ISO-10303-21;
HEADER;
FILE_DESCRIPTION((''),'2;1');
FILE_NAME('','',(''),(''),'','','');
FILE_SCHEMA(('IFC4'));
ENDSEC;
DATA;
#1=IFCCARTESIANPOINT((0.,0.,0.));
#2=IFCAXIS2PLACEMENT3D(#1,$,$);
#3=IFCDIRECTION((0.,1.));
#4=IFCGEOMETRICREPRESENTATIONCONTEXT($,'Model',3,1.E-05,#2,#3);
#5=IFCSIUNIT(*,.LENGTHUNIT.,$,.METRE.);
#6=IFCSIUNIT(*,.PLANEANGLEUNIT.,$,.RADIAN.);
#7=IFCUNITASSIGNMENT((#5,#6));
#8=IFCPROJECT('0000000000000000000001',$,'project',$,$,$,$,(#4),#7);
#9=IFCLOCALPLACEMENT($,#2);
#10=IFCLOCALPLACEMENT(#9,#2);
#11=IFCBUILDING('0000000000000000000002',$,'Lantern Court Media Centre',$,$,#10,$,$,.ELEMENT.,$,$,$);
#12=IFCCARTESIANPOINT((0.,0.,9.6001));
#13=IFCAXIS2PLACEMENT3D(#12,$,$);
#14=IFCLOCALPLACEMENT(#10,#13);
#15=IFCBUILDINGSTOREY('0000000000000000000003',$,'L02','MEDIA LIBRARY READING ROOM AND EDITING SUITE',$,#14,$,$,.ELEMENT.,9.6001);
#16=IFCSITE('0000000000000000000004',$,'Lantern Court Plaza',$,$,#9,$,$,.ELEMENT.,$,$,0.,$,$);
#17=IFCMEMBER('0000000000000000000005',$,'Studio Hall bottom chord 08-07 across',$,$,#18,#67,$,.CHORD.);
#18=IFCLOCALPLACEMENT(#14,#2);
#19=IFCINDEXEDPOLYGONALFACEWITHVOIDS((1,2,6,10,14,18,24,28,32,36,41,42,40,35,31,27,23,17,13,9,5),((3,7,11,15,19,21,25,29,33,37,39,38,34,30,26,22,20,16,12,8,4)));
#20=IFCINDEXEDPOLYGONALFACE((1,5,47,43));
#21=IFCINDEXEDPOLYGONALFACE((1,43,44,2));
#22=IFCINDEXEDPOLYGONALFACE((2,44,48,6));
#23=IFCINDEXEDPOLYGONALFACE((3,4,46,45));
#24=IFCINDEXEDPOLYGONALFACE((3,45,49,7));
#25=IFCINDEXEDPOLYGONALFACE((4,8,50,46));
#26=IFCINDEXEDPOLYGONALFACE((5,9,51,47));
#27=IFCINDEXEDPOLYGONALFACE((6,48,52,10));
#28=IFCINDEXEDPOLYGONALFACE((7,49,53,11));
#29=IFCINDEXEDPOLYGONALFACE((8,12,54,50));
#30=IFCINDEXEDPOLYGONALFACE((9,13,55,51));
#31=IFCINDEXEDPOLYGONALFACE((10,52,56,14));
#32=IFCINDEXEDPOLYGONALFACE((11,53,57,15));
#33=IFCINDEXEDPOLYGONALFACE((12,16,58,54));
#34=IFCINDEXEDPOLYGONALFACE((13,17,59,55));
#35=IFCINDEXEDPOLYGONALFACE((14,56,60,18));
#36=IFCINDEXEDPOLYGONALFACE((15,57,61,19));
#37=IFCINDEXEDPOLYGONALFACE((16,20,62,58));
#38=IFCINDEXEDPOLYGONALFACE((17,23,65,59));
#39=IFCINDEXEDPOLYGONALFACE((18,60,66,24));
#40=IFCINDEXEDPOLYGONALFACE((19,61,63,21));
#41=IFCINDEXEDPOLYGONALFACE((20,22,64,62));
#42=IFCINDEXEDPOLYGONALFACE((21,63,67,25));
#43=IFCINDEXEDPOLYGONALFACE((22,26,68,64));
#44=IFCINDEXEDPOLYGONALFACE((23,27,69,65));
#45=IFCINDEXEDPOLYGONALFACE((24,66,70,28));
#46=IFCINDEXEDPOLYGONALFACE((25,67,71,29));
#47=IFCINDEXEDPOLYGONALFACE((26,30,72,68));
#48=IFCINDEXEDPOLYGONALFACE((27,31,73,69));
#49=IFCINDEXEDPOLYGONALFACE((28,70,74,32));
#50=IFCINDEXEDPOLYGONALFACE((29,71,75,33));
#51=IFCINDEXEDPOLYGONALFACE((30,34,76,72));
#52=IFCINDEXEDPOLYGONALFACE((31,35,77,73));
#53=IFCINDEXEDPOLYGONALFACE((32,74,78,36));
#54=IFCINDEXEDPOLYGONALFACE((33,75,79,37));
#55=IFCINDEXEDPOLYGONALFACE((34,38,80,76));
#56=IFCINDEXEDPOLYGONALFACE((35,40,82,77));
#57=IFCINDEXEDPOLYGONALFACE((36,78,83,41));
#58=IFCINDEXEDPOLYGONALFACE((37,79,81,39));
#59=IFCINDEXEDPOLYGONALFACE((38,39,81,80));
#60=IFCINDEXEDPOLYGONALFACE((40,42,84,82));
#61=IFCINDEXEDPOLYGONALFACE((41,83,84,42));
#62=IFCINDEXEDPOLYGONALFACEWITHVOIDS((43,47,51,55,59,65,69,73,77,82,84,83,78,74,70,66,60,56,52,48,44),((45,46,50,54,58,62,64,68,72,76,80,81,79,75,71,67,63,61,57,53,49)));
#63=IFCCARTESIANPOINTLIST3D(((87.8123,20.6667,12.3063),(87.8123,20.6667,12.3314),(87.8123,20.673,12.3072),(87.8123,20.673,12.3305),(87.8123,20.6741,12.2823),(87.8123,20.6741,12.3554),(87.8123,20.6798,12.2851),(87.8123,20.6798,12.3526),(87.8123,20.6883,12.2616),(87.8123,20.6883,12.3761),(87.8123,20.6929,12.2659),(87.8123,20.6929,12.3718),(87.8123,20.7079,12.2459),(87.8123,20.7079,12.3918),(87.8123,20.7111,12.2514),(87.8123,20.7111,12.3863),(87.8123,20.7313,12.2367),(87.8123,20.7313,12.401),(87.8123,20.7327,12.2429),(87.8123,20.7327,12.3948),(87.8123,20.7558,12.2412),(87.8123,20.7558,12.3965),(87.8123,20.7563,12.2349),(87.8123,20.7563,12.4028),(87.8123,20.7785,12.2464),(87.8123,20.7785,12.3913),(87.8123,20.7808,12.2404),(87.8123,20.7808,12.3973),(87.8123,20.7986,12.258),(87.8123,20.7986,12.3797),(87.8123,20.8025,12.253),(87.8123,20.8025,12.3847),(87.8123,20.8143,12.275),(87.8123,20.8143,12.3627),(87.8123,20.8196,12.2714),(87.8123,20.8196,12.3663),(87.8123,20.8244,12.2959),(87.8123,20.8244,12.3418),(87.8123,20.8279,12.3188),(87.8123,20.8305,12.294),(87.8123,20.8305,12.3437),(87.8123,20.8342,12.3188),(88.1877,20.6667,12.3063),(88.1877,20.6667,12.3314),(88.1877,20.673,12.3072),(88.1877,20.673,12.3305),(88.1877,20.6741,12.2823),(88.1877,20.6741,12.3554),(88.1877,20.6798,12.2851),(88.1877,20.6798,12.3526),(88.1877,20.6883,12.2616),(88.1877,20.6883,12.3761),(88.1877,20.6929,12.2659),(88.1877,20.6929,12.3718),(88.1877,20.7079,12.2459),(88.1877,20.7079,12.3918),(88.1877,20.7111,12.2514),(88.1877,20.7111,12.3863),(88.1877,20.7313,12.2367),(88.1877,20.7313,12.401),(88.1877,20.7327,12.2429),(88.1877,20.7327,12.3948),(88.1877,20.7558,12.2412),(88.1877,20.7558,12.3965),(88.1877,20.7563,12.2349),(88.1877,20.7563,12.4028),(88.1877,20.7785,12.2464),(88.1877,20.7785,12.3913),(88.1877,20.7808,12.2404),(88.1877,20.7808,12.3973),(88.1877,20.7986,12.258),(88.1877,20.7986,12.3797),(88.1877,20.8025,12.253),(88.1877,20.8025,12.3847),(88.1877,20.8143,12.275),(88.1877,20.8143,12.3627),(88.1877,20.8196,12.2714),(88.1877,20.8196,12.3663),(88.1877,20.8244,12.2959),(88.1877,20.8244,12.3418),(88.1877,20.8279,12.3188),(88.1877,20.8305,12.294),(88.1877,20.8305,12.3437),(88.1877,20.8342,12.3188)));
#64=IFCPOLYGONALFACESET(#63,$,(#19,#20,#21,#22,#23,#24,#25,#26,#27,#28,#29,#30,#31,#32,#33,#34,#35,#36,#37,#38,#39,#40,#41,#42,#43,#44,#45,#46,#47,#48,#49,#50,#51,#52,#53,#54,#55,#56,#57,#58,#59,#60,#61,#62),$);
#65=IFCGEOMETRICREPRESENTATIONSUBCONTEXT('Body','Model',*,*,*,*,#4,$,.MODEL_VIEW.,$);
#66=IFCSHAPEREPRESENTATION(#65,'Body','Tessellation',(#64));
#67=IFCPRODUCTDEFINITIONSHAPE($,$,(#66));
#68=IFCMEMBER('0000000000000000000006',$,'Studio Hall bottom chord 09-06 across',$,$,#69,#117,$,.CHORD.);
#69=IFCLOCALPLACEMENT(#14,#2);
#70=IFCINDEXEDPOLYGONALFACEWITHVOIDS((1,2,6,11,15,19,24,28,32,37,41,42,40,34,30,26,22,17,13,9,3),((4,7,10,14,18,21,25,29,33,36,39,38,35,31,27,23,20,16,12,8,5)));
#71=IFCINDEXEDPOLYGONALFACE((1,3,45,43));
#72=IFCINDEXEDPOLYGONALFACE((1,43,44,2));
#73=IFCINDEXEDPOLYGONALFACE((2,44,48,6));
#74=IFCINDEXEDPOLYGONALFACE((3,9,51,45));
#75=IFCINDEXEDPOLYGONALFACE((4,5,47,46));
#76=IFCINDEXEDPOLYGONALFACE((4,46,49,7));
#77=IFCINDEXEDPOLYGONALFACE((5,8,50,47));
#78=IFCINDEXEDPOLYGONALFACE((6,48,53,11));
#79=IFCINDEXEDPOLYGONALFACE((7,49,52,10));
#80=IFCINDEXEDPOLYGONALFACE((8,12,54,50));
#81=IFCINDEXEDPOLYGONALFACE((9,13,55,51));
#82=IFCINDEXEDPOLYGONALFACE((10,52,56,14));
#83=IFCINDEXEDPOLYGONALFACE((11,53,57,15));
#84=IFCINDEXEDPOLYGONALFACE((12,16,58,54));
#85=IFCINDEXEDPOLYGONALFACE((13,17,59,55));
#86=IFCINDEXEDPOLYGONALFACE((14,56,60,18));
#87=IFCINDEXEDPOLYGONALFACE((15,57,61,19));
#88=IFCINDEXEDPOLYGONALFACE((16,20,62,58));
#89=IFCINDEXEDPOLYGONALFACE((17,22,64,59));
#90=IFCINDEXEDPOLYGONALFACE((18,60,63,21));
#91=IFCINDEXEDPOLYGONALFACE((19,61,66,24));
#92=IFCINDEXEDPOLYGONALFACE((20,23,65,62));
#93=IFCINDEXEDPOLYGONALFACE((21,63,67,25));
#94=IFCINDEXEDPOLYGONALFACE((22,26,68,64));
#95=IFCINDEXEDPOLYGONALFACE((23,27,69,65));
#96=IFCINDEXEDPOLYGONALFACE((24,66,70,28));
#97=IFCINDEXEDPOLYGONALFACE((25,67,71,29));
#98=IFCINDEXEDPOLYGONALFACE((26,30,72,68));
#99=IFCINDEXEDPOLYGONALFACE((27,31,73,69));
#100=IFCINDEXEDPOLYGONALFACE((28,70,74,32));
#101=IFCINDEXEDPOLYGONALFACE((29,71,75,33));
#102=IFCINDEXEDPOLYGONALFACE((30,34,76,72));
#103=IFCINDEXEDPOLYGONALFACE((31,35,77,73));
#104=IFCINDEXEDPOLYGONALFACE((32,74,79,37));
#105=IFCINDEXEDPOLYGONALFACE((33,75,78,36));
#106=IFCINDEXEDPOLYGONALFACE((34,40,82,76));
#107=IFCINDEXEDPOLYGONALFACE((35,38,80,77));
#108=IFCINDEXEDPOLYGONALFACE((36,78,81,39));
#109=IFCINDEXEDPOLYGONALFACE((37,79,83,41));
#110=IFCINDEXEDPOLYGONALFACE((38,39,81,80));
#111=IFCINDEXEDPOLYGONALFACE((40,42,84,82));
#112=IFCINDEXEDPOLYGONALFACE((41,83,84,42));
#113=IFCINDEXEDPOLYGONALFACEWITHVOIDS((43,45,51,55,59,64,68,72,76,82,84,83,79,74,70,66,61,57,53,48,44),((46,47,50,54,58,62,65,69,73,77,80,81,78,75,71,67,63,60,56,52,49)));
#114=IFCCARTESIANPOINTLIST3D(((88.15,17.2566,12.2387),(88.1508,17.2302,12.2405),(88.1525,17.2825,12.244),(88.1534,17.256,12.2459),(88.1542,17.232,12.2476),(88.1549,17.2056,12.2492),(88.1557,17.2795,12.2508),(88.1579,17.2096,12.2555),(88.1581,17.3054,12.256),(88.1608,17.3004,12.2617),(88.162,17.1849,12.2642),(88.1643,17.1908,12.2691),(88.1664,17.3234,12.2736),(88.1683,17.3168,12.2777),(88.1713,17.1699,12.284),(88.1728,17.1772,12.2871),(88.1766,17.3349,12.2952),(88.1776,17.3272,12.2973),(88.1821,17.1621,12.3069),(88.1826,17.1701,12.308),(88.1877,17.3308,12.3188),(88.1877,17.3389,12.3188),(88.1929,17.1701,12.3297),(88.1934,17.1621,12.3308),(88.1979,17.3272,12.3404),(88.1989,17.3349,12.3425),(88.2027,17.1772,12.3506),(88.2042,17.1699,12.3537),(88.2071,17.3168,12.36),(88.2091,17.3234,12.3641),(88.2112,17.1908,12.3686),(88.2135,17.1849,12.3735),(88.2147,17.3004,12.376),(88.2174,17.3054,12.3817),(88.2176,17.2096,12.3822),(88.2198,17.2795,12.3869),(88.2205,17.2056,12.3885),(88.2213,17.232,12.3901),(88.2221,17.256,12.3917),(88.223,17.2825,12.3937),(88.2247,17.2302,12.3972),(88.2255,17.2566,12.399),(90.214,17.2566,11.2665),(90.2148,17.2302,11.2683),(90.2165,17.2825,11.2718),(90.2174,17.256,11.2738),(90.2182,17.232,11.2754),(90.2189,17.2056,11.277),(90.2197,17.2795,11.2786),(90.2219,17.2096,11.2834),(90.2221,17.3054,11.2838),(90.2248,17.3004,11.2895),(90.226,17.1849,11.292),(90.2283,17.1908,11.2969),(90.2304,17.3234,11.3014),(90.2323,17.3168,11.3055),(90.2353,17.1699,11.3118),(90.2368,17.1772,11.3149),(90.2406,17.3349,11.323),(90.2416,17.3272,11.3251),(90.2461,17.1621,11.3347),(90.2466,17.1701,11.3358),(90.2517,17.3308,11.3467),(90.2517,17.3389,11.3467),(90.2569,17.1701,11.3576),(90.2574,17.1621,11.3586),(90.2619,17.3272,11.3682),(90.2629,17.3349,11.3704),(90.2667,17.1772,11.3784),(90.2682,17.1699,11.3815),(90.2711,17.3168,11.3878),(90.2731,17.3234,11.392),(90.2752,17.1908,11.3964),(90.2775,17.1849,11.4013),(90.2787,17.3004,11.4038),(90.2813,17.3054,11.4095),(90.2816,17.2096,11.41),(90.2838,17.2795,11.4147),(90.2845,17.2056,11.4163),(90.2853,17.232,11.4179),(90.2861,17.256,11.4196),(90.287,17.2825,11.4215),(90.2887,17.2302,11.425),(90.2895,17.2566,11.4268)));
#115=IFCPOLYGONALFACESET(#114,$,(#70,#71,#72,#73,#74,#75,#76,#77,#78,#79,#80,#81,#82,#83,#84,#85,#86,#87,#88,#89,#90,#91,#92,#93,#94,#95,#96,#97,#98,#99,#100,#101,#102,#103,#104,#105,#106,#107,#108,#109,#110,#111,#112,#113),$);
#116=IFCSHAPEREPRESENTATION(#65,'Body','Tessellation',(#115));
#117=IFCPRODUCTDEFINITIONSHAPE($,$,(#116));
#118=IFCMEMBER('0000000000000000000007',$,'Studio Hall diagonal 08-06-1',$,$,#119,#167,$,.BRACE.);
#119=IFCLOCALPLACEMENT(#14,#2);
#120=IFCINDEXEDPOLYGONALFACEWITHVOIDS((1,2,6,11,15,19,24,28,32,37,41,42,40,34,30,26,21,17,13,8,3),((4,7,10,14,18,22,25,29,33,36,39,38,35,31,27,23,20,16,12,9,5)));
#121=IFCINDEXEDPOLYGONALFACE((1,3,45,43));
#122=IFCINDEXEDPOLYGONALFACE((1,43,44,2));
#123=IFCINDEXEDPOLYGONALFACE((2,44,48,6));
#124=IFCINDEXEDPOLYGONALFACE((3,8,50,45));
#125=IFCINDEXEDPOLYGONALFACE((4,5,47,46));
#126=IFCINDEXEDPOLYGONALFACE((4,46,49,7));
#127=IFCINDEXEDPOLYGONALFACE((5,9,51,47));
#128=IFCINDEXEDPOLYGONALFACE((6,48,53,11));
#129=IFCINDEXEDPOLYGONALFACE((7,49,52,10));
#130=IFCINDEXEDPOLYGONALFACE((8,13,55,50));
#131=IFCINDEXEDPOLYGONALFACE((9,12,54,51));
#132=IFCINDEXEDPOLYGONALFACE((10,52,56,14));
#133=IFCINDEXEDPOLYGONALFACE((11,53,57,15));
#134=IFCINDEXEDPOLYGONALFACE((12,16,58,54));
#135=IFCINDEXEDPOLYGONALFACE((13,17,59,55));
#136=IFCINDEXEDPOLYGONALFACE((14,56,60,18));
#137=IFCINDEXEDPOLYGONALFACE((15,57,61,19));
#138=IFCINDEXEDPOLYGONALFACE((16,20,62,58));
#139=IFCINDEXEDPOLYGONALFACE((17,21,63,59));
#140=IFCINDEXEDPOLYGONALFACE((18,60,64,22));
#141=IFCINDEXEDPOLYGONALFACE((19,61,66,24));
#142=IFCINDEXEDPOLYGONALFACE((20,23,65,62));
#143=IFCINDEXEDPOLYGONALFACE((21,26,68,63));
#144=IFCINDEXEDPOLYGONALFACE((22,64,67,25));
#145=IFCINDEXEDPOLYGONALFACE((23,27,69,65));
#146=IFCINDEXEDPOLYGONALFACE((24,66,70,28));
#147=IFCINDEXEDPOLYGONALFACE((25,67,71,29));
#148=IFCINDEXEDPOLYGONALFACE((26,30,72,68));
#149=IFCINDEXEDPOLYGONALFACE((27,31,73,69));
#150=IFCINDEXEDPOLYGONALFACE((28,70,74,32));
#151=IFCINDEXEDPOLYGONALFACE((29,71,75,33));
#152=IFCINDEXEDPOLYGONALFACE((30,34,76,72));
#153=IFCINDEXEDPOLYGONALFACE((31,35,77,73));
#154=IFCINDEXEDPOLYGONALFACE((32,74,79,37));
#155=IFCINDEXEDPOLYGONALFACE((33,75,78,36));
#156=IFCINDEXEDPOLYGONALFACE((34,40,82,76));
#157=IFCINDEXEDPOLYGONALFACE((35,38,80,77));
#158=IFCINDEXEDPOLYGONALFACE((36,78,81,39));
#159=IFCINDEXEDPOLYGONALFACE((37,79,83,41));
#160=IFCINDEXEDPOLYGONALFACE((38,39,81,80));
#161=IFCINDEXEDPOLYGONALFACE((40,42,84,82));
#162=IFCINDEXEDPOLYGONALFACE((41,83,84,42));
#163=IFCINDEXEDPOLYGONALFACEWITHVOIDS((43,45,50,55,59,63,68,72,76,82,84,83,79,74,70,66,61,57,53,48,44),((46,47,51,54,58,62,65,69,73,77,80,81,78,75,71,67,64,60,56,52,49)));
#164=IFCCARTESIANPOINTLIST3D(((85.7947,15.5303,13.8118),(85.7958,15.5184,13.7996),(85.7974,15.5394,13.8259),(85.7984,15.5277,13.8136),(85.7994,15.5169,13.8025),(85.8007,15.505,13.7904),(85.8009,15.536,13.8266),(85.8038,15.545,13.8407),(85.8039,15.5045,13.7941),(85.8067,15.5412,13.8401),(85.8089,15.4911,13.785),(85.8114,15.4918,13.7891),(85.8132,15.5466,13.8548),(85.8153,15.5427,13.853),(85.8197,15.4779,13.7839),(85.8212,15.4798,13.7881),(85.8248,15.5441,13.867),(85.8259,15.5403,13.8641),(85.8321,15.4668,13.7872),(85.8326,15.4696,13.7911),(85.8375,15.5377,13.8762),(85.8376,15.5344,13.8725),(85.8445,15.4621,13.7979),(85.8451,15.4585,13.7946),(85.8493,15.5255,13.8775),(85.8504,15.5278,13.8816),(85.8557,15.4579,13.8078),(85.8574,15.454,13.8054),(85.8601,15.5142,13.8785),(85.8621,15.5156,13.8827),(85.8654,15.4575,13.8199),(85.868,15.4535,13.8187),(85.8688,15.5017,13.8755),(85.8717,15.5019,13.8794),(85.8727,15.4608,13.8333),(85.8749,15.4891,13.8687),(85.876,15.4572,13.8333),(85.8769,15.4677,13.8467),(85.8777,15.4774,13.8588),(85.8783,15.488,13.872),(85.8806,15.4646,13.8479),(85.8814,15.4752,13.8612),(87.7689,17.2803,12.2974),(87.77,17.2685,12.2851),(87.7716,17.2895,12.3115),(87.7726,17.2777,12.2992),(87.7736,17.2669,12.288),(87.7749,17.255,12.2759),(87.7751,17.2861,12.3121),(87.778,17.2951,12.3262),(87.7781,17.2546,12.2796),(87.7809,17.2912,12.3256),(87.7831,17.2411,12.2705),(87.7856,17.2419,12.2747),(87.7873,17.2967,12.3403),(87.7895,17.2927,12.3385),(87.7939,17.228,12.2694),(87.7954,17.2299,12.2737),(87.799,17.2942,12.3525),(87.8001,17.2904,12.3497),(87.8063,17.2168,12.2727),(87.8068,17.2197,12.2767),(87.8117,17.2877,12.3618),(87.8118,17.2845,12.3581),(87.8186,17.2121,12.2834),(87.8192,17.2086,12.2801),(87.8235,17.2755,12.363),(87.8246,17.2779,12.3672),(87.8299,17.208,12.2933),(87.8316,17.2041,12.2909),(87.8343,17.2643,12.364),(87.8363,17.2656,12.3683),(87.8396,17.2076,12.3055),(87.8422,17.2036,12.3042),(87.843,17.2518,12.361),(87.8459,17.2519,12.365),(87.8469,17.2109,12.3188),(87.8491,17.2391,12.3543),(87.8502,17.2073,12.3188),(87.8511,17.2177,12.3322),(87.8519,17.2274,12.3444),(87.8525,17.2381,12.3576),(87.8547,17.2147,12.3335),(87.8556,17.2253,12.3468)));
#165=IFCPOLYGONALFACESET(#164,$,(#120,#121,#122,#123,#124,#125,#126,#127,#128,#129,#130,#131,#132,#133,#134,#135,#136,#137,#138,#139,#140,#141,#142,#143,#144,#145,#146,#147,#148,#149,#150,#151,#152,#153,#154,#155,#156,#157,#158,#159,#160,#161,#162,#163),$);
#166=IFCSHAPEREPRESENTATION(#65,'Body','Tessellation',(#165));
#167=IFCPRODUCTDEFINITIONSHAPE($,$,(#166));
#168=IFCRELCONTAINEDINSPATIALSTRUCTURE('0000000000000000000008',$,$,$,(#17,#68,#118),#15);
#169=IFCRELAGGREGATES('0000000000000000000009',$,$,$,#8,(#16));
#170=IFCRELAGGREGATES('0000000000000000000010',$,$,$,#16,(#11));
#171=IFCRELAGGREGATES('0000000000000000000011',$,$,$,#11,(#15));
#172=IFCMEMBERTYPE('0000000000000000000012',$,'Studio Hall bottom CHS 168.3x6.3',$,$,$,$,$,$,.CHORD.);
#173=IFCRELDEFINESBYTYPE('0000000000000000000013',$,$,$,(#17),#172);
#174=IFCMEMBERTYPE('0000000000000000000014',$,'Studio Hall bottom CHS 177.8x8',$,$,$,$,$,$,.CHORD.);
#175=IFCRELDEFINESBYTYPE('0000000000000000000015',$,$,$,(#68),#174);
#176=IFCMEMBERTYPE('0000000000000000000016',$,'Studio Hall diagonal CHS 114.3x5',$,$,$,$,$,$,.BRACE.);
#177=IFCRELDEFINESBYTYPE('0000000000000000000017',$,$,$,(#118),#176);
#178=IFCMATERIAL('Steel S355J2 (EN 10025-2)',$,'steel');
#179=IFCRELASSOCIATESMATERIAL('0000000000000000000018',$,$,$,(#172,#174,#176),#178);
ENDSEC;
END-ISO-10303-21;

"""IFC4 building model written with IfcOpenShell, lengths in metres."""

from ifc_helpers import new_model, si_unit, direction, frame, origin, origin_2d, place, context, subcontext, project, spatial, hollow_circle, extrude, material, material_profile, profile_set, type_object, element, save


model = new_model("IFC4")

# Units and contexts
model_context = context("Model", 3, precision=1e-05, world=origin(), true_north=direction((0.0, 1.0)))
body_context = subcontext(model_context, "Body", "Model", "MODEL_VIEW")
ifc_project = project(units=[si_unit("LENGTHUNIT", "METRE"), si_unit("PLANEANGLEUNIT", "RADIAN")], contexts=[model_context])

# Site, building, storey
site_placement = place(None, origin())
site = spatial("IfcSite", under=ifc_project, at=site_placement, Name="Lantern Court Plaza", CompositionType="ELEMENT", RefElevation=0.0)
building_placement = place(site_placement, origin())
building = spatial("IfcBuilding", under=site, at=building_placement, Name="Lantern Court Media Centre", CompositionType="ELEMENT")
storey_placement = place(building_placement, frame((0.0, 0.0, 9.6001)))
storey = spatial("IfcBuildingStorey", under=building, at=storey_placement, Name="L02", Description="MEDIA LIBRARY READING ROOM AND EDITING SUITE", CompositionType="ELEMENT", Elevation=9.6001)

# Members
ifc_material = material(Name="Steel S355J2 (EN 10025-2)", Category="steel")
ifc_material_profile_1 = material_profile(ifc_material, hollow_circle(Radius=0.0842, WallThickness=0.0063, at=origin_2d()), Name="Studio Hall bottom CHS 168.3x6.3")
ifc_profile_set_1 = profile_set([ifc_material_profile_1], Name="Steel S355J2 (EN 10025-2)")
member_type_1 = type_object("IfcMemberType", Name="Studio Hall bottom CHS 168.3x6.3", PredefinedType="CHORD", material=ifc_profile_set_1)
for number, where, z_axis, x_axis, name in (
    (1, (87.8123, 20.75, 12.3188), (1.0, 0.0, 0.0), (0.0, 1.0, 0.0), "Studio Hall bottom chord 08-07 across"),
):
    element("IfcMember", number, at=place(storey_placement, frame(where, z_axis=z_axis, x_axis=x_axis)), inside=storey, type_object=member_type_1, Name=name, PredefinedType="CHORD", context=body_context, shape_type="SweptSolid", body=[
        extrude(hollow_circle(Radius=0.0842, WallThickness=0.0063, at=origin_2d()), origin(), (0.0, 0.0, 1.0), 0.3755),
    ])
ifc_material_profile_2 = material_profile(ifc_material, hollow_circle(Radius=0.0889, WallThickness=0.0081, at=origin_2d()), Name="Studio Hall bottom CHS 177.8x8")
ifc_profile_set_2 = profile_set([ifc_material_profile_2], Name="Steel S355J2 (EN 10025-2)")
member_type_2 = type_object("IfcMemberType", Name="Studio Hall bottom CHS 177.8x8", PredefinedType="CHORD", material=ifc_profile_set_2)
member_1_placement = place(storey_placement, frame((88.1877, 17.25, 12.3188), z_axis=(0.904668, 0.0, -0.426117), x_axis=(0.0, 1.0, 0.0)))
element("IfcMember", 2, at=member_1_placement, inside=storey, type_object=member_type_2, Name="Studio Hall bottom chord 09-06 across", PredefinedType="CHORD", context=body_context, shape_type="SweptSolid", body=[
    extrude(hollow_circle(Radius=0.0889, WallThickness=0.0081, at=origin_2d()), origin(), (0.0, 0.0, 1.0), 2.2815),
])
ifc_material_profile_3 = material_profile(ifc_material, hollow_circle(Radius=0.0571, WallThickness=0.0049, at=origin_2d()), Name="Studio Hall diagonal CHS 114.3x5")
ifc_profile_set_3 = profile_set([ifc_material_profile_3], Name="Steel S355J2 (EN 10025-2)")
member_type_3 = type_object("IfcMemberType", Name="Studio Hall diagonal CHS 114.3x5", PredefinedType="BRACE", material=ifc_profile_set_3)
member_2_placement = place(storey_placement, frame((87.8123, 17.25, 12.3188), z_axis=(-0.648979, -0.575301, 0.49785), x_axis=(0.663352, -0.748307, 0.0)))
element("IfcMember", 3, at=member_2_placement, inside=storey, type_object=member_type_3, Name="Studio Hall diagonal 08-06-1", PredefinedType="BRACE", context=body_context, shape_type="SweptSolid", body=[
    extrude(hollow_circle(Radius=0.0571, WallThickness=0.0049, at=origin_2d()), origin(), (0.0, 0.0, 1.0), 3.042),
])

save(model, "model.ifc")
